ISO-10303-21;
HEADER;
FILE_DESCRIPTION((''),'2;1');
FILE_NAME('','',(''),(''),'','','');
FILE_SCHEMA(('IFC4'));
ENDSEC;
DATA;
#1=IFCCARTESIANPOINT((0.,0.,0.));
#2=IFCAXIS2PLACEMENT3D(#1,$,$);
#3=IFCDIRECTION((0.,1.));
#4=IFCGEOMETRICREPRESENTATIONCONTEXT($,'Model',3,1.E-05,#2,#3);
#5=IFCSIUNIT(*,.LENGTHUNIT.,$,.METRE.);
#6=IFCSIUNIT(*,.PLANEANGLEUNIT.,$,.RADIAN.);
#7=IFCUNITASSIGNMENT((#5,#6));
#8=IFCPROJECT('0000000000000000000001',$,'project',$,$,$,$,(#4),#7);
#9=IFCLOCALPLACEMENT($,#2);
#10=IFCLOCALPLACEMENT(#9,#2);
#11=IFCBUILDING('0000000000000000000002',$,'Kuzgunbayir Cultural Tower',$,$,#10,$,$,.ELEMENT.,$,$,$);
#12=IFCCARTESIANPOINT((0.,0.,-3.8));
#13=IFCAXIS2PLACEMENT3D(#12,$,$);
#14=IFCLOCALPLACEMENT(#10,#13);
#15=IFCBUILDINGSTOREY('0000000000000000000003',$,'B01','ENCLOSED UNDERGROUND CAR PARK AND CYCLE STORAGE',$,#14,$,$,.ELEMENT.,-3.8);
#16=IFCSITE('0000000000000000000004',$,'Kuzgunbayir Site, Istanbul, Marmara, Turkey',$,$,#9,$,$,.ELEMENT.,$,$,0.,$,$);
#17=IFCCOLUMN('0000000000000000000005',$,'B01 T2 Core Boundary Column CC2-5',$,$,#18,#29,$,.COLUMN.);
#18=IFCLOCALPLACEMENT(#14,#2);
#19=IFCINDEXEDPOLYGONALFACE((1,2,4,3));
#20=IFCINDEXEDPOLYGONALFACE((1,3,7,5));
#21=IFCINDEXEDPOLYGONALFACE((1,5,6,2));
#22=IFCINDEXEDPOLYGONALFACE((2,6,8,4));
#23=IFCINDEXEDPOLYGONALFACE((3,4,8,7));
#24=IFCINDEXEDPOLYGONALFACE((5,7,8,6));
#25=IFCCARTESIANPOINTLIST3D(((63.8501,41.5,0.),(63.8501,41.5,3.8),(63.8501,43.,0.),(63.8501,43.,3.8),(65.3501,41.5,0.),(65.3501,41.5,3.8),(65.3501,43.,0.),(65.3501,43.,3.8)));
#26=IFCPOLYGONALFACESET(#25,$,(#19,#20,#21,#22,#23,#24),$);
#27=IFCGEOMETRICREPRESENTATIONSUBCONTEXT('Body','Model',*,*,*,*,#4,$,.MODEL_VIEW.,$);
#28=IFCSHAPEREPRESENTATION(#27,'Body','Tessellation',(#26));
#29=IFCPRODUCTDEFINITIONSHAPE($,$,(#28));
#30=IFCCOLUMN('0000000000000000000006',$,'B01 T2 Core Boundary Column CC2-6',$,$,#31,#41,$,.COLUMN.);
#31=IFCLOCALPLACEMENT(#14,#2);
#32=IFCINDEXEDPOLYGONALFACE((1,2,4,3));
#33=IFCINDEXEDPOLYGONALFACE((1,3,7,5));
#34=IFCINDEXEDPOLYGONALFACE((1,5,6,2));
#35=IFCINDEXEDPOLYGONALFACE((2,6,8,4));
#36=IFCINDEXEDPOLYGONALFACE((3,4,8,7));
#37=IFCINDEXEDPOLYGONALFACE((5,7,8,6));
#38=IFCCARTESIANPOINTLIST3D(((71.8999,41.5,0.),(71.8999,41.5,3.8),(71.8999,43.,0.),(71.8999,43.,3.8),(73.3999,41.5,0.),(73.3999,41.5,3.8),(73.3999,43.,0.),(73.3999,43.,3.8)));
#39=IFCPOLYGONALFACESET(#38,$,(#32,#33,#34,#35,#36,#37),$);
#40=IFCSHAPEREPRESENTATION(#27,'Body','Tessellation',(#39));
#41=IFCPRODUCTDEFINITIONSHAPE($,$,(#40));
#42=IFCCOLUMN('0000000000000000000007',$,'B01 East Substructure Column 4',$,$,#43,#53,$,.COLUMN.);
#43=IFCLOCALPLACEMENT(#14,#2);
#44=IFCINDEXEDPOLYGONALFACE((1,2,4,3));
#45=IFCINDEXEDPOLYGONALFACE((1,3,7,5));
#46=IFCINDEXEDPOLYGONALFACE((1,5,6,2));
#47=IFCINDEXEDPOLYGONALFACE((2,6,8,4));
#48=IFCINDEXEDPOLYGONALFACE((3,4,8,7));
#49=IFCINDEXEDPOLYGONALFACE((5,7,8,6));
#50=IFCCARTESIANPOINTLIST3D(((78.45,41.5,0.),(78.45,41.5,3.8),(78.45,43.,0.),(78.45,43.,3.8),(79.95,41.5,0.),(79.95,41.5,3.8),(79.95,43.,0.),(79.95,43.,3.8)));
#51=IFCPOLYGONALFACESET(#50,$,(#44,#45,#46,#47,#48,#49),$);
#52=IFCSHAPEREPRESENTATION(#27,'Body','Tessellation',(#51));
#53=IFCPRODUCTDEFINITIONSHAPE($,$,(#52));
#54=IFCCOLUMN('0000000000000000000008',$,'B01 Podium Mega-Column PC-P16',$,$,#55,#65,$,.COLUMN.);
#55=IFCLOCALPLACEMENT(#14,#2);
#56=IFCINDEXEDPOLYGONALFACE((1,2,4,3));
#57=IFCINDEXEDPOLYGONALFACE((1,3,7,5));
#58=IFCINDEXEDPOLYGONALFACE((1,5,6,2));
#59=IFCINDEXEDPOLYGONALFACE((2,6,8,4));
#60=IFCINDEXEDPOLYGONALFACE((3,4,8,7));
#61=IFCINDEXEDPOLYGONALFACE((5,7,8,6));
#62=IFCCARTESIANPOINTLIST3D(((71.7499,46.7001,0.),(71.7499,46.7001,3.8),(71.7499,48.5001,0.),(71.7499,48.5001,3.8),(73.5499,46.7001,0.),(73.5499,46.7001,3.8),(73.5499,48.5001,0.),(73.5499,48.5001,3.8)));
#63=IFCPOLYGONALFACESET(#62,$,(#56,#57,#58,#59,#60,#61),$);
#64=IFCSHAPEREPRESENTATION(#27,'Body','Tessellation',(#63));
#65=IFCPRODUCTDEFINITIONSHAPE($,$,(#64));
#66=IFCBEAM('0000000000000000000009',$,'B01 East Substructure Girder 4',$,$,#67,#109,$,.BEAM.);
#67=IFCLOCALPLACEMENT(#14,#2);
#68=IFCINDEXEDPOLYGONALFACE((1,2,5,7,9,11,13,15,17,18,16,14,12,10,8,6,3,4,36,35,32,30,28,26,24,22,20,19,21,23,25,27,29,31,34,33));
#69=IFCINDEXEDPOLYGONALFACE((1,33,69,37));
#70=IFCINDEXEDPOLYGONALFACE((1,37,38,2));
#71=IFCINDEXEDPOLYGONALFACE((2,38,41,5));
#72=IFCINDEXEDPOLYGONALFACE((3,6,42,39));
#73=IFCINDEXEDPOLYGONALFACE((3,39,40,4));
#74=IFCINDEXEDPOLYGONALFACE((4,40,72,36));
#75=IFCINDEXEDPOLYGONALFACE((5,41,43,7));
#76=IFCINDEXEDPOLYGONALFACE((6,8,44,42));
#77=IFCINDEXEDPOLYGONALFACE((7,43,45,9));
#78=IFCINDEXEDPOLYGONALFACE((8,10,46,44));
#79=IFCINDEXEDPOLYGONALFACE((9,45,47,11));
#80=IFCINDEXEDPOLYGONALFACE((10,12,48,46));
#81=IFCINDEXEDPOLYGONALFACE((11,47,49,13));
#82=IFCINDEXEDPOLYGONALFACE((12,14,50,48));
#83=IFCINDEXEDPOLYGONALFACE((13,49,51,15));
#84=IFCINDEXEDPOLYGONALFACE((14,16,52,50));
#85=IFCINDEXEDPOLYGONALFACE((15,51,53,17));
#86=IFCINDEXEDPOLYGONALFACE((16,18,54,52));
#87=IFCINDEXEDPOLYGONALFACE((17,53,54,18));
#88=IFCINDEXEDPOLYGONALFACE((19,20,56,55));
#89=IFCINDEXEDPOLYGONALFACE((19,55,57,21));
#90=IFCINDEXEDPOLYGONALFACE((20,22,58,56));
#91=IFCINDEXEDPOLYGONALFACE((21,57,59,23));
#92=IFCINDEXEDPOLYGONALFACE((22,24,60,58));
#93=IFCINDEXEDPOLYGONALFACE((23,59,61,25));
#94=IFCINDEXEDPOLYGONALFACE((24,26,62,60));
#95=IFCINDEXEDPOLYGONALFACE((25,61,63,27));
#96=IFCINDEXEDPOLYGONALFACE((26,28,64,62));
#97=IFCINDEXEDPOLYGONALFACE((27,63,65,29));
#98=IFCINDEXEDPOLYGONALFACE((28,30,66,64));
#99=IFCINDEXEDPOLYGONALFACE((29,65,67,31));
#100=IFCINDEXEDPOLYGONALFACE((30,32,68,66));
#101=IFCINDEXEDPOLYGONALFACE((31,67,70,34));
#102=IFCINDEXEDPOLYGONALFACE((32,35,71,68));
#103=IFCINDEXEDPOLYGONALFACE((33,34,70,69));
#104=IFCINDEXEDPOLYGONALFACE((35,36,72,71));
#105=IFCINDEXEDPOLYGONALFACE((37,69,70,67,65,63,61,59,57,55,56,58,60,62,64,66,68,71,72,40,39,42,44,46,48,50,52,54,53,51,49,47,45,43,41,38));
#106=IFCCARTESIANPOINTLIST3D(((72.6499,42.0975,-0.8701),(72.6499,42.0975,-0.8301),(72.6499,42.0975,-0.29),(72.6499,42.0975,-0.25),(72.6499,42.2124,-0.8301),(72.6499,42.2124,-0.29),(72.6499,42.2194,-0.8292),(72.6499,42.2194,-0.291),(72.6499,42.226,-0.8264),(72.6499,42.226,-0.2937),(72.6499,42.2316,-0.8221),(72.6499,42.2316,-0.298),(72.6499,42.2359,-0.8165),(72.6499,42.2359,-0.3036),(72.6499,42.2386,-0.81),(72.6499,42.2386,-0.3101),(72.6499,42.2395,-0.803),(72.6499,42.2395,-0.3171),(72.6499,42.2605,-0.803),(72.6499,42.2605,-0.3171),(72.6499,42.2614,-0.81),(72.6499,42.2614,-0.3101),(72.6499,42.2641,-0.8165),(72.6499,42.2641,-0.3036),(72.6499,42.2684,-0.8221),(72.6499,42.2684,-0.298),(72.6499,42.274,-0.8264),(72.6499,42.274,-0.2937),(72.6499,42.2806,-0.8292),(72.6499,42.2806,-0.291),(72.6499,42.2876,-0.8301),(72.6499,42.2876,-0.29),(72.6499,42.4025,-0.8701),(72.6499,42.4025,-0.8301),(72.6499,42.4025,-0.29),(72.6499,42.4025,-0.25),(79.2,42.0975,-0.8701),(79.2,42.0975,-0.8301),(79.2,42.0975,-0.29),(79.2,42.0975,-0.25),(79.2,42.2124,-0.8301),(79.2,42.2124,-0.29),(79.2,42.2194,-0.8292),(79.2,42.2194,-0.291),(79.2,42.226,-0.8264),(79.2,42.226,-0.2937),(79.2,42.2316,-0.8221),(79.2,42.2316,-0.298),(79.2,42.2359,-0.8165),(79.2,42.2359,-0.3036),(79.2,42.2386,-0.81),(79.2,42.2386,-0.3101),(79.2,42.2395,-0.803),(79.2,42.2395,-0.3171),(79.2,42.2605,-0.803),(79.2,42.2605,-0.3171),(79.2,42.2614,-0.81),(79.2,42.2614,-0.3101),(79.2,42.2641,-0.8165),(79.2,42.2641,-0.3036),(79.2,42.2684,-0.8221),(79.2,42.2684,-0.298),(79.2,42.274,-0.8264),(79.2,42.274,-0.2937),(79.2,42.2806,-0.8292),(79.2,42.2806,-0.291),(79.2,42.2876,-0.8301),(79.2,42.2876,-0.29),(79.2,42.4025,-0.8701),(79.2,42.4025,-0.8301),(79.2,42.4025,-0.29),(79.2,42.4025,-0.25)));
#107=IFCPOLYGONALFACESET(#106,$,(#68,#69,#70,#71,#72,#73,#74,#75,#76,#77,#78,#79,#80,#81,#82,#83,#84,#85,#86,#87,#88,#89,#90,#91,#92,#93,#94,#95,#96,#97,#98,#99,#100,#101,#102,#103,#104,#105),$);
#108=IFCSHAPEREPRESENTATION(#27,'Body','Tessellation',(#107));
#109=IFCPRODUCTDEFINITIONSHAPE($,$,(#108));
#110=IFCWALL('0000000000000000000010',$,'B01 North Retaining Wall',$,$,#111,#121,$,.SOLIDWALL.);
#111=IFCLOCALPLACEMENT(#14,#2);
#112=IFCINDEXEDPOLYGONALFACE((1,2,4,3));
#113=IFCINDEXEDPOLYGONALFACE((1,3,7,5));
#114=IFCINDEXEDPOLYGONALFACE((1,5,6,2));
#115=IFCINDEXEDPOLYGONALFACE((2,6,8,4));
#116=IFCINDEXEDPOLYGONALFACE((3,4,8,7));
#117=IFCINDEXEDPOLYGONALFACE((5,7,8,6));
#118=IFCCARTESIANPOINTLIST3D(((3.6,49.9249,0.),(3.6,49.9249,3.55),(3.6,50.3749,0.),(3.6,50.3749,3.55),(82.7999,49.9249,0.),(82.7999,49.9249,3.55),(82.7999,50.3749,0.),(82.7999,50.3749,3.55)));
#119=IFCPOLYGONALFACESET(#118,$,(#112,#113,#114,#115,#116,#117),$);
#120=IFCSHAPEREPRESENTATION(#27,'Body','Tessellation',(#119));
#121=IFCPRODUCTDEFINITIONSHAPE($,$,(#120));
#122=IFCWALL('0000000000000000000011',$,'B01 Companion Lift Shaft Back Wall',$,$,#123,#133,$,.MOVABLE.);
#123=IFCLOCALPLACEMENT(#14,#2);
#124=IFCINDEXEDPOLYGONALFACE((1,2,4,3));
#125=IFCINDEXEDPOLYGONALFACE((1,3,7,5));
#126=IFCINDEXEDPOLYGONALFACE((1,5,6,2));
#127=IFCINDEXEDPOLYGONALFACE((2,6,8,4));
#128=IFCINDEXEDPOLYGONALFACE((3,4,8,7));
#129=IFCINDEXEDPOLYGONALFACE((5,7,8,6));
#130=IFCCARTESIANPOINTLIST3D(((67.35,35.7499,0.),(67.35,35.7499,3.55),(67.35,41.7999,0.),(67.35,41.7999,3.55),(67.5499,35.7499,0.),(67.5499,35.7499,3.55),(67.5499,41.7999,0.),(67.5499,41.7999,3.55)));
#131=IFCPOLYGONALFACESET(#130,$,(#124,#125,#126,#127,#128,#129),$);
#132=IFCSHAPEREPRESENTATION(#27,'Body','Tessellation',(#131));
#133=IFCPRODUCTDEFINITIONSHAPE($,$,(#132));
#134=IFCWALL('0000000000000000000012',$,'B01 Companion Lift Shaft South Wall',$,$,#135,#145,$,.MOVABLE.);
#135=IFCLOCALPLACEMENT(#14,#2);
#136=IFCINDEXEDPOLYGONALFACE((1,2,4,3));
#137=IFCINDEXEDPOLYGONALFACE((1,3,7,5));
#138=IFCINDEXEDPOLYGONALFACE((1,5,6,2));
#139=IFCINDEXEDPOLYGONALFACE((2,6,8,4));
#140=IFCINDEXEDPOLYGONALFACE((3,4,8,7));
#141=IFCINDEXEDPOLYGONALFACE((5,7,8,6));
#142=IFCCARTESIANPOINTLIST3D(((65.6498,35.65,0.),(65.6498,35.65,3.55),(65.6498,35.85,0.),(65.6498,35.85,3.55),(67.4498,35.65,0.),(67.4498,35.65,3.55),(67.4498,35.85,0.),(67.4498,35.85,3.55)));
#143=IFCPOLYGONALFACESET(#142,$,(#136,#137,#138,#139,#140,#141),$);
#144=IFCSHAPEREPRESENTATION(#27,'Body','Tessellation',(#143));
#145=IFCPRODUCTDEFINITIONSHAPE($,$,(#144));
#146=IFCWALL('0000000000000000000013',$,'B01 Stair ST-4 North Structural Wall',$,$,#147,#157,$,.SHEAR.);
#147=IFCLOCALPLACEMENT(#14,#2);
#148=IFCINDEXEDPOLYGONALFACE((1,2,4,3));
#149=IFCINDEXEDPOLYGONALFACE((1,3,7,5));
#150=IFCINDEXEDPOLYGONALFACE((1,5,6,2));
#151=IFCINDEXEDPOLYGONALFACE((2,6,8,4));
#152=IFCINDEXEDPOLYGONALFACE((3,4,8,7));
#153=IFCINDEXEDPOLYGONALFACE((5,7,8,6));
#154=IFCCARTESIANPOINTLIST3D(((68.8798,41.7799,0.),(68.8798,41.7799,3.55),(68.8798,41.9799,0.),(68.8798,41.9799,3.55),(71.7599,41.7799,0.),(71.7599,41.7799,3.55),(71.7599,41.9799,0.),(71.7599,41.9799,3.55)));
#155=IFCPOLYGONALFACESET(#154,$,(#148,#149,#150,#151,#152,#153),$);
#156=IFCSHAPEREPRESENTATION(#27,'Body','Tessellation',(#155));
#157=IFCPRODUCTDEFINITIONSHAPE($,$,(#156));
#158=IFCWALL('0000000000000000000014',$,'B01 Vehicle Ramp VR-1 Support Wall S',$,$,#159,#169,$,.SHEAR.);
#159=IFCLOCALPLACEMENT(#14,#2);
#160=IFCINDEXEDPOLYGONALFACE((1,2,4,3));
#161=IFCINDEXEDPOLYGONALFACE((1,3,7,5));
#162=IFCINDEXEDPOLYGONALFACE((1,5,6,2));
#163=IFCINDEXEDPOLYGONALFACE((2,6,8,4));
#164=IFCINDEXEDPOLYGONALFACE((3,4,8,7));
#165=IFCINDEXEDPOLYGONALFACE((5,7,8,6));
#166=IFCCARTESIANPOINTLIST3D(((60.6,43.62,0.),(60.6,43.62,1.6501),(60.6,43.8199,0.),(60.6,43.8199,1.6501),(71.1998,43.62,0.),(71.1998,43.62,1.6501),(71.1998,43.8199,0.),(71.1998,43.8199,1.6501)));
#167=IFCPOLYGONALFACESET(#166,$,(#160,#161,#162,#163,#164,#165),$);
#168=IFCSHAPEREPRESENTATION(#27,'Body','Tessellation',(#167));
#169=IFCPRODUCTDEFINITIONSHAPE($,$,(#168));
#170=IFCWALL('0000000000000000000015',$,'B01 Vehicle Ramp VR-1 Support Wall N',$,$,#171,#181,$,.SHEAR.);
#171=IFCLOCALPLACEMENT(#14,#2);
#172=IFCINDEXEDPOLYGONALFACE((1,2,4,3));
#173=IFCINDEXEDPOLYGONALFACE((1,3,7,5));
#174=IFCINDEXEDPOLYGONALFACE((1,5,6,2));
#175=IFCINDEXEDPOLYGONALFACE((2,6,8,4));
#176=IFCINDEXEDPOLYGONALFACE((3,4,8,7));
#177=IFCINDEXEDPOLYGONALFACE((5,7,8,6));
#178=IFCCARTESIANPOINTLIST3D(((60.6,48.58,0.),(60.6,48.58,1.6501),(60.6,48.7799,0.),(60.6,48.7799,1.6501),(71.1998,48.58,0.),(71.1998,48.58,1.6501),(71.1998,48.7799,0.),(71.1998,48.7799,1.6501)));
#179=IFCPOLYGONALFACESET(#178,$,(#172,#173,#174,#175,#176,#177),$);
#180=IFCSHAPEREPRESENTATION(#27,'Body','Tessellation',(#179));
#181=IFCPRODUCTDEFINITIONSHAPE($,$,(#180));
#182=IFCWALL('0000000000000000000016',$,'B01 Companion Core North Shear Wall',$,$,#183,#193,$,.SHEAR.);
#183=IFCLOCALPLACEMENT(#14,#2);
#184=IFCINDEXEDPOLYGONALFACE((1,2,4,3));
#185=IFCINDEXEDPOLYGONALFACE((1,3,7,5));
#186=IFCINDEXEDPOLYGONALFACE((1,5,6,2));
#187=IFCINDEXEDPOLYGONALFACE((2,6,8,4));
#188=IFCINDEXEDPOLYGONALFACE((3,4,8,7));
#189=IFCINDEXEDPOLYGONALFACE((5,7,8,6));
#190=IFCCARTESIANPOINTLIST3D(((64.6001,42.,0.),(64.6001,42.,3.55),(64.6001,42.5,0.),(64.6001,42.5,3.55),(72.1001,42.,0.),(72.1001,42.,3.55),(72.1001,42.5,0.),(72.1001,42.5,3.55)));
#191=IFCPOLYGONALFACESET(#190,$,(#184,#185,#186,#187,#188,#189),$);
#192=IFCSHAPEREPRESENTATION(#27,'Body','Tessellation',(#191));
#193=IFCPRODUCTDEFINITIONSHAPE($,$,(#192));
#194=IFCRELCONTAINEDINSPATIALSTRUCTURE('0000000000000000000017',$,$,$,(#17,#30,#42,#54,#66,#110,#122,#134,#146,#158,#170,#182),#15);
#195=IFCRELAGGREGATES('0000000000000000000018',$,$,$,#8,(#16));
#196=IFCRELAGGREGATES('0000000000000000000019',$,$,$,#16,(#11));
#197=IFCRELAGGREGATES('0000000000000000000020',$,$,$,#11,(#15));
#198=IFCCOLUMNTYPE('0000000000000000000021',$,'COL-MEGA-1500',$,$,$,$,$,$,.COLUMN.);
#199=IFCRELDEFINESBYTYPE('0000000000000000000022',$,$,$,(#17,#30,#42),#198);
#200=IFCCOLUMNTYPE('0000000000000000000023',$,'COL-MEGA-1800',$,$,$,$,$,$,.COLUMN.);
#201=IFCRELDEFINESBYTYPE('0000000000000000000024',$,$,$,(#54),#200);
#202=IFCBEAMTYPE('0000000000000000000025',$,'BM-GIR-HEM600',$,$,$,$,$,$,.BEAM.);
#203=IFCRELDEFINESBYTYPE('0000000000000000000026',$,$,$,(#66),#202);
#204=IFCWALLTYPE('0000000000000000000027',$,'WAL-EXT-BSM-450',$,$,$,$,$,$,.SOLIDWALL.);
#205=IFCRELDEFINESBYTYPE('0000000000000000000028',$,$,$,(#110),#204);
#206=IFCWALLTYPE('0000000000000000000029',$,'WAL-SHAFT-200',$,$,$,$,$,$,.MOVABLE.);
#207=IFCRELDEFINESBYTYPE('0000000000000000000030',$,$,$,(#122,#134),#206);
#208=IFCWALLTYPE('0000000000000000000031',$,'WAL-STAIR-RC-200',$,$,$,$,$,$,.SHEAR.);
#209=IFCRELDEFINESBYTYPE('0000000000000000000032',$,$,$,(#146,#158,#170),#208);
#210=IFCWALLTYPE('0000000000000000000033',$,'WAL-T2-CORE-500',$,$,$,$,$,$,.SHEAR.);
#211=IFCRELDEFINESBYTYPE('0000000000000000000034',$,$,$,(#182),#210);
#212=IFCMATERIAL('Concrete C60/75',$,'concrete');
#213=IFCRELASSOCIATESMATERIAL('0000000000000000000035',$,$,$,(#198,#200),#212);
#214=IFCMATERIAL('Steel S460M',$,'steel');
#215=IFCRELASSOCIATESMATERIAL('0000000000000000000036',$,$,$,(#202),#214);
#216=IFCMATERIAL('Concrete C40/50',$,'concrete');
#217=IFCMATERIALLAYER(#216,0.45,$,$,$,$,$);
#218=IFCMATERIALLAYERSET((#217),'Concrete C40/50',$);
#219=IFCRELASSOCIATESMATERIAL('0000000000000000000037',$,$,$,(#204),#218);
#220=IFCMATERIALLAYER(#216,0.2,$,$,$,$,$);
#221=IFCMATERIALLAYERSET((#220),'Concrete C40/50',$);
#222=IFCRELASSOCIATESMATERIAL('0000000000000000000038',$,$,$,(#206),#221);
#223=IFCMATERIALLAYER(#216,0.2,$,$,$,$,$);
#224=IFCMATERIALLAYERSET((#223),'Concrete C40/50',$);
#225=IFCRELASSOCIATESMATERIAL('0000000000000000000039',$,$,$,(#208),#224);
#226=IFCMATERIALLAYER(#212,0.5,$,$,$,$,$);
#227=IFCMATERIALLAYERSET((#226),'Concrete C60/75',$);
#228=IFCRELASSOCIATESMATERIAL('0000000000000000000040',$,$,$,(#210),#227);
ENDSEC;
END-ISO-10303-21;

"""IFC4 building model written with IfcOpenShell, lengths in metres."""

from ifc_helpers import new_model, si_unit, direction, frame, frame_2d, origin, origin_2d, place, context, subcontext, project, spatial, rectangle, i_section, extrude, material, layer, layer_set, material_profile, profile_set, type_object, element, save


model = new_model("IFC4")

# Units and contexts
model_context = context("Model", 3, precision=1e-05, world=origin(), true_north=direction((0.0, 1.0)))
body_context = subcontext(model_context, "Body", "Model", "MODEL_VIEW")
ifc_project = project(units=[si_unit("LENGTHUNIT", "METRE"), si_unit("PLANEANGLEUNIT", "RADIAN")], contexts=[model_context])

# Site, building, storey
site_placement = place(None, origin())
site = spatial("IfcSite", under=ifc_project, at=site_placement, Name="Kuzgunbayir Site, Istanbul, Marmara, Turkey", CompositionType="ELEMENT", RefElevation=0.0)
building_placement = place(site_placement, origin())
building = spatial("IfcBuilding", under=site, at=building_placement, Name="Kuzgunbayir Cultural Tower", CompositionType="ELEMENT")
storey_placement = place(building_placement, frame((0.0, 0.0, -3.8)))
storey = spatial("IfcBuildingStorey", under=building, at=storey_placement, Name="B01", Description="ENCLOSED UNDERGROUND CAR PARK AND CYCLE STORAGE", CompositionType="ELEMENT", Elevation=-3.8)

# Columns
ifc_material_1 = material(Name="Concrete C60/75", Category="concrete")
ifc_material_profile_1 = material_profile(ifc_material_1, rectangle(XDim=1.5, YDim=1.5, at=origin_2d()), Name="RC 1500x1500")
ifc_profile_set_1 = profile_set([ifc_material_profile_1], Name="Concrete C60/75")
column_type_1 = type_object("IfcColumnType", Name="COL-MEGA-1500", PredefinedType="COLUMN", material=ifc_profile_set_1)
for number, where, z_axis, x_axis, name in (
    (1, (64.6001, 42.25, 0.0), (0.0, 0.0, 1.0), (1.0, 0.0, 0.0), "B01 T2 Core Boundary Column CC2-5"),
    (2, (72.6499, 42.25, 0.0), (0.0, 0.0, 1.0), (1.0, 0.0, 0.0), "B01 T2 Core Boundary Column CC2-6"),
    (3, (79.2, 42.25, 0.0), (0.0, 0.0, 1.0), (1.0, 0.0, 0.0), "B01 East Substructure Column 4"),
):
    element("IfcColumn", number, at=place(storey_placement, frame(where, z_axis=z_axis, x_axis=x_axis)), inside=storey, type_object=column_type_1, Name=name, PredefinedType="COLUMN", context=body_context, shape_type="SweptSolid", body=[
        extrude(rectangle(XDim=1.5, YDim=1.5, at=origin_2d()), origin(), (0.0, 0.0, 1.0), 3.8),
    ])
ifc_material_profile_2 = material_profile(ifc_material_1, rectangle(XDim=1.8, YDim=1.8, at=origin_2d()), Name="RC 1800x1800")
ifc_profile_set_2 = profile_set([ifc_material_profile_2], Name="Concrete C60/75")
column_type_2 = type_object("IfcColumnType", Name="COL-MEGA-1800", PredefinedType="COLUMN", material=ifc_profile_set_2)
column_placement = place(storey_placement, frame((72.6499, 47.6001, 0.0), z_axis=(0.0, 0.0, 1.0), x_axis=(1.0, 0.0, 0.0)))
element("IfcColumn", 4, at=column_placement, inside=storey, type_object=column_type_2, Name="B01 Podium Mega-Column PC-P16", PredefinedType="COLUMN", context=body_context, shape_type="SweptSolid", body=[
    extrude(rectangle(XDim=1.8, YDim=1.8, at=origin_2d()), origin(), (0.0, 0.0, 1.0), 3.8),
])

# Beam
ifc_material_2 = material(Name="Steel S460M", Category="steel")
ifc_material_profile_3 = material_profile(ifc_material_2, i_section(OverallWidth=0.3049, OverallDepth=0.6201, WebThickness=0.021, FlangeThickness=0.04, FilletRadius=0.0271, at=origin_2d()), Name="HEM 600")
ifc_profile_set_3 = profile_set([ifc_material_profile_3], Name="Steel S460M")
beam_type = type_object("IfcBeamType", Name="BM-GIR-HEM600", PredefinedType="BEAM", material=ifc_profile_set_3)
beam_placement = place(storey_placement, frame((72.6499, 42.25, -0.5601), z_axis=(1.0, 0.0, 0.0), x_axis=(0.0, 1.0, 0.0)))
element("IfcBeam", 5, at=beam_placement, inside=storey, type_object=beam_type, Name="B01 East Substructure Girder 4", PredefinedType="BEAM", context=body_context, shape_type="SweptSolid", body=[
    extrude(i_section(OverallWidth=0.3049, OverallDepth=0.6201, WebThickness=0.021, FlangeThickness=0.04, FilletRadius=0.0271, at=origin_2d()), origin(), (0.0, 0.0, 1.0), 6.55),
])

# Wall
ifc_material_3 = material(Name="Concrete C40/50", Category="concrete")
ifc_layer_1 = layer(ifc_material_3, 0.45)
ifc_layer_set_1 = layer_set([ifc_layer_1], Name="Concrete C40/50")
wall_type_1 = type_object("IfcWallType", Name="WAL-EXT-BSM-450", PredefinedType="SOLIDWALL", material=ifc_layer_set_1)
wall_1_placement = place(storey_placement, frame((82.8, 50.1499, 0.0), z_axis=(0.0, 0.0, 1.0), x_axis=(-1.0, 0.0, 0.0)))
element("IfcWall", 6, at=wall_1_placement, inside=storey, type_object=wall_type_1, Name="B01 North Retaining Wall", PredefinedType="SOLIDWALL", context=body_context, shape_type="SweptSolid", body=[
    extrude(rectangle(XDim=79.2, YDim=0.45, at=frame_2d((39.6001, 0.0))), origin(), (0.0, 0.0, 1.0), 3.55),
])

# Shared definitions
ifc_layer_2 = layer(ifc_material_3, 0.2)
ifc_layer_set_2 = layer_set([ifc_layer_2], Name="Concrete C40/50")
wall_type_2 = type_object("IfcWallType", Name="WAL-SHAFT-200", PredefinedType="MOVABLE", material=ifc_layer_set_2)

# Walls
wall_2_placement = place(storey_placement, frame((67.45, 35.75, 0.0), z_axis=(0.0, 0.0, 1.0), x_axis=(0.0, 1.0, 0.0)))
element("IfcWall", 7, at=wall_2_placement, inside=storey, type_object=wall_type_2, Name="B01 Companion Lift Shaft Back Wall", PredefinedType="MOVABLE", context=body_context, shape_type="SweptSolid", body=[
    extrude(rectangle(XDim=6.05, YDim=0.2, at=frame_2d((3.0249, 0.0))), origin(), (0.0, 0.0, 1.0), 3.55),
])
wall_3_placement = place(storey_placement, frame((65.6499, 35.75, 0.0), z_axis=(0.0, 0.0, 1.0), x_axis=(1.0, 0.0, 0.0)))
element("IfcWall", 8, at=wall_3_placement, inside=storey, type_object=wall_type_2, Name="B01 Companion Lift Shaft South Wall", PredefinedType="MOVABLE", context=body_context, shape_type="SweptSolid", body=[
    extrude(rectangle(XDim=1.8, YDim=0.2, at=frame_2d((0.8999, 0.0))), origin(), (0.0, 0.0, 1.0), 3.55),
])
ifc_layer_3 = layer(ifc_material_3, 0.2)
ifc_layer_set_3 = layer_set([ifc_layer_3], Name="Concrete C40/50")
wall_type_3 = type_object("IfcWallType", Name="WAL-STAIR-RC-200", PredefinedType="SHEAR", material=ifc_layer_set_3)
wall_4_placement = place(storey_placement, frame((68.8799, 41.8799, 0.0), z_axis=(0.0, 0.0, 1.0), x_axis=(1.0, 0.0, 0.0)))
element("IfcWall", 9, at=wall_4_placement, inside=storey, type_object=wall_type_3, Name="B01 Stair ST-4 North Structural Wall", PredefinedType="SHEAR", context=body_context, shape_type="SweptSolid", body=[
    extrude(rectangle(XDim=2.8801, YDim=0.2, at=frame_2d((1.4399, 0.0))), origin(), (0.0, 0.0, 1.0), 3.55),
])
for number, where, z_axis, x_axis, name in (
    (10, (60.6001, 43.72, 0.0), (0.0, 0.0, 1.0), (1.0, 0.0, 0.0), "B01 Vehicle Ramp VR-1 Support Wall S"),
    (11, (60.6001, 48.6799, 0.0), (0.0, 0.0, 1.0), (1.0, 0.0, 0.0), "B01 Vehicle Ramp VR-1 Support Wall N"),
):
    element("IfcWall", number, at=place(storey_placement, frame(where, z_axis=z_axis, x_axis=x_axis)), inside=storey, type_object=wall_type_3, Name=name, PredefinedType="SHEAR", context=body_context, shape_type="SweptSolid", body=[
        extrude(rectangle(XDim=10.5999, YDim=0.2, at=frame_2d((5.2998, 0.0))), origin(), (0.0, 0.0, 1.0), 1.6501),
    ])
ifc_layer_4 = layer(ifc_material_1, 0.5)
ifc_layer_set_4 = layer_set([ifc_layer_4], Name="Concrete C60/75")
wall_type_4 = type_object("IfcWallType", Name="WAL-T2-CORE-500", PredefinedType="SHEAR", material=ifc_layer_set_4)
wall_5_placement = place(storey_placement, frame((64.6001, 42.25, 0.0), z_axis=(0.0, 0.0, 1.0), x_axis=(1.0, 0.0, 0.0)))
element("IfcWall", 12, at=wall_5_placement, inside=storey, type_object=wall_type_4, Name="B01 Companion Core North Shear Wall", PredefinedType="SHEAR", context=body_context, shape_type="SweptSolid", body=[
    extrude(rectangle(XDim=7.5, YDim=0.5, at=frame_2d((3.75, 0.0))), origin(), (0.0, 0.0, 1.0), 3.55),
])

save(model, "model.ifc")
